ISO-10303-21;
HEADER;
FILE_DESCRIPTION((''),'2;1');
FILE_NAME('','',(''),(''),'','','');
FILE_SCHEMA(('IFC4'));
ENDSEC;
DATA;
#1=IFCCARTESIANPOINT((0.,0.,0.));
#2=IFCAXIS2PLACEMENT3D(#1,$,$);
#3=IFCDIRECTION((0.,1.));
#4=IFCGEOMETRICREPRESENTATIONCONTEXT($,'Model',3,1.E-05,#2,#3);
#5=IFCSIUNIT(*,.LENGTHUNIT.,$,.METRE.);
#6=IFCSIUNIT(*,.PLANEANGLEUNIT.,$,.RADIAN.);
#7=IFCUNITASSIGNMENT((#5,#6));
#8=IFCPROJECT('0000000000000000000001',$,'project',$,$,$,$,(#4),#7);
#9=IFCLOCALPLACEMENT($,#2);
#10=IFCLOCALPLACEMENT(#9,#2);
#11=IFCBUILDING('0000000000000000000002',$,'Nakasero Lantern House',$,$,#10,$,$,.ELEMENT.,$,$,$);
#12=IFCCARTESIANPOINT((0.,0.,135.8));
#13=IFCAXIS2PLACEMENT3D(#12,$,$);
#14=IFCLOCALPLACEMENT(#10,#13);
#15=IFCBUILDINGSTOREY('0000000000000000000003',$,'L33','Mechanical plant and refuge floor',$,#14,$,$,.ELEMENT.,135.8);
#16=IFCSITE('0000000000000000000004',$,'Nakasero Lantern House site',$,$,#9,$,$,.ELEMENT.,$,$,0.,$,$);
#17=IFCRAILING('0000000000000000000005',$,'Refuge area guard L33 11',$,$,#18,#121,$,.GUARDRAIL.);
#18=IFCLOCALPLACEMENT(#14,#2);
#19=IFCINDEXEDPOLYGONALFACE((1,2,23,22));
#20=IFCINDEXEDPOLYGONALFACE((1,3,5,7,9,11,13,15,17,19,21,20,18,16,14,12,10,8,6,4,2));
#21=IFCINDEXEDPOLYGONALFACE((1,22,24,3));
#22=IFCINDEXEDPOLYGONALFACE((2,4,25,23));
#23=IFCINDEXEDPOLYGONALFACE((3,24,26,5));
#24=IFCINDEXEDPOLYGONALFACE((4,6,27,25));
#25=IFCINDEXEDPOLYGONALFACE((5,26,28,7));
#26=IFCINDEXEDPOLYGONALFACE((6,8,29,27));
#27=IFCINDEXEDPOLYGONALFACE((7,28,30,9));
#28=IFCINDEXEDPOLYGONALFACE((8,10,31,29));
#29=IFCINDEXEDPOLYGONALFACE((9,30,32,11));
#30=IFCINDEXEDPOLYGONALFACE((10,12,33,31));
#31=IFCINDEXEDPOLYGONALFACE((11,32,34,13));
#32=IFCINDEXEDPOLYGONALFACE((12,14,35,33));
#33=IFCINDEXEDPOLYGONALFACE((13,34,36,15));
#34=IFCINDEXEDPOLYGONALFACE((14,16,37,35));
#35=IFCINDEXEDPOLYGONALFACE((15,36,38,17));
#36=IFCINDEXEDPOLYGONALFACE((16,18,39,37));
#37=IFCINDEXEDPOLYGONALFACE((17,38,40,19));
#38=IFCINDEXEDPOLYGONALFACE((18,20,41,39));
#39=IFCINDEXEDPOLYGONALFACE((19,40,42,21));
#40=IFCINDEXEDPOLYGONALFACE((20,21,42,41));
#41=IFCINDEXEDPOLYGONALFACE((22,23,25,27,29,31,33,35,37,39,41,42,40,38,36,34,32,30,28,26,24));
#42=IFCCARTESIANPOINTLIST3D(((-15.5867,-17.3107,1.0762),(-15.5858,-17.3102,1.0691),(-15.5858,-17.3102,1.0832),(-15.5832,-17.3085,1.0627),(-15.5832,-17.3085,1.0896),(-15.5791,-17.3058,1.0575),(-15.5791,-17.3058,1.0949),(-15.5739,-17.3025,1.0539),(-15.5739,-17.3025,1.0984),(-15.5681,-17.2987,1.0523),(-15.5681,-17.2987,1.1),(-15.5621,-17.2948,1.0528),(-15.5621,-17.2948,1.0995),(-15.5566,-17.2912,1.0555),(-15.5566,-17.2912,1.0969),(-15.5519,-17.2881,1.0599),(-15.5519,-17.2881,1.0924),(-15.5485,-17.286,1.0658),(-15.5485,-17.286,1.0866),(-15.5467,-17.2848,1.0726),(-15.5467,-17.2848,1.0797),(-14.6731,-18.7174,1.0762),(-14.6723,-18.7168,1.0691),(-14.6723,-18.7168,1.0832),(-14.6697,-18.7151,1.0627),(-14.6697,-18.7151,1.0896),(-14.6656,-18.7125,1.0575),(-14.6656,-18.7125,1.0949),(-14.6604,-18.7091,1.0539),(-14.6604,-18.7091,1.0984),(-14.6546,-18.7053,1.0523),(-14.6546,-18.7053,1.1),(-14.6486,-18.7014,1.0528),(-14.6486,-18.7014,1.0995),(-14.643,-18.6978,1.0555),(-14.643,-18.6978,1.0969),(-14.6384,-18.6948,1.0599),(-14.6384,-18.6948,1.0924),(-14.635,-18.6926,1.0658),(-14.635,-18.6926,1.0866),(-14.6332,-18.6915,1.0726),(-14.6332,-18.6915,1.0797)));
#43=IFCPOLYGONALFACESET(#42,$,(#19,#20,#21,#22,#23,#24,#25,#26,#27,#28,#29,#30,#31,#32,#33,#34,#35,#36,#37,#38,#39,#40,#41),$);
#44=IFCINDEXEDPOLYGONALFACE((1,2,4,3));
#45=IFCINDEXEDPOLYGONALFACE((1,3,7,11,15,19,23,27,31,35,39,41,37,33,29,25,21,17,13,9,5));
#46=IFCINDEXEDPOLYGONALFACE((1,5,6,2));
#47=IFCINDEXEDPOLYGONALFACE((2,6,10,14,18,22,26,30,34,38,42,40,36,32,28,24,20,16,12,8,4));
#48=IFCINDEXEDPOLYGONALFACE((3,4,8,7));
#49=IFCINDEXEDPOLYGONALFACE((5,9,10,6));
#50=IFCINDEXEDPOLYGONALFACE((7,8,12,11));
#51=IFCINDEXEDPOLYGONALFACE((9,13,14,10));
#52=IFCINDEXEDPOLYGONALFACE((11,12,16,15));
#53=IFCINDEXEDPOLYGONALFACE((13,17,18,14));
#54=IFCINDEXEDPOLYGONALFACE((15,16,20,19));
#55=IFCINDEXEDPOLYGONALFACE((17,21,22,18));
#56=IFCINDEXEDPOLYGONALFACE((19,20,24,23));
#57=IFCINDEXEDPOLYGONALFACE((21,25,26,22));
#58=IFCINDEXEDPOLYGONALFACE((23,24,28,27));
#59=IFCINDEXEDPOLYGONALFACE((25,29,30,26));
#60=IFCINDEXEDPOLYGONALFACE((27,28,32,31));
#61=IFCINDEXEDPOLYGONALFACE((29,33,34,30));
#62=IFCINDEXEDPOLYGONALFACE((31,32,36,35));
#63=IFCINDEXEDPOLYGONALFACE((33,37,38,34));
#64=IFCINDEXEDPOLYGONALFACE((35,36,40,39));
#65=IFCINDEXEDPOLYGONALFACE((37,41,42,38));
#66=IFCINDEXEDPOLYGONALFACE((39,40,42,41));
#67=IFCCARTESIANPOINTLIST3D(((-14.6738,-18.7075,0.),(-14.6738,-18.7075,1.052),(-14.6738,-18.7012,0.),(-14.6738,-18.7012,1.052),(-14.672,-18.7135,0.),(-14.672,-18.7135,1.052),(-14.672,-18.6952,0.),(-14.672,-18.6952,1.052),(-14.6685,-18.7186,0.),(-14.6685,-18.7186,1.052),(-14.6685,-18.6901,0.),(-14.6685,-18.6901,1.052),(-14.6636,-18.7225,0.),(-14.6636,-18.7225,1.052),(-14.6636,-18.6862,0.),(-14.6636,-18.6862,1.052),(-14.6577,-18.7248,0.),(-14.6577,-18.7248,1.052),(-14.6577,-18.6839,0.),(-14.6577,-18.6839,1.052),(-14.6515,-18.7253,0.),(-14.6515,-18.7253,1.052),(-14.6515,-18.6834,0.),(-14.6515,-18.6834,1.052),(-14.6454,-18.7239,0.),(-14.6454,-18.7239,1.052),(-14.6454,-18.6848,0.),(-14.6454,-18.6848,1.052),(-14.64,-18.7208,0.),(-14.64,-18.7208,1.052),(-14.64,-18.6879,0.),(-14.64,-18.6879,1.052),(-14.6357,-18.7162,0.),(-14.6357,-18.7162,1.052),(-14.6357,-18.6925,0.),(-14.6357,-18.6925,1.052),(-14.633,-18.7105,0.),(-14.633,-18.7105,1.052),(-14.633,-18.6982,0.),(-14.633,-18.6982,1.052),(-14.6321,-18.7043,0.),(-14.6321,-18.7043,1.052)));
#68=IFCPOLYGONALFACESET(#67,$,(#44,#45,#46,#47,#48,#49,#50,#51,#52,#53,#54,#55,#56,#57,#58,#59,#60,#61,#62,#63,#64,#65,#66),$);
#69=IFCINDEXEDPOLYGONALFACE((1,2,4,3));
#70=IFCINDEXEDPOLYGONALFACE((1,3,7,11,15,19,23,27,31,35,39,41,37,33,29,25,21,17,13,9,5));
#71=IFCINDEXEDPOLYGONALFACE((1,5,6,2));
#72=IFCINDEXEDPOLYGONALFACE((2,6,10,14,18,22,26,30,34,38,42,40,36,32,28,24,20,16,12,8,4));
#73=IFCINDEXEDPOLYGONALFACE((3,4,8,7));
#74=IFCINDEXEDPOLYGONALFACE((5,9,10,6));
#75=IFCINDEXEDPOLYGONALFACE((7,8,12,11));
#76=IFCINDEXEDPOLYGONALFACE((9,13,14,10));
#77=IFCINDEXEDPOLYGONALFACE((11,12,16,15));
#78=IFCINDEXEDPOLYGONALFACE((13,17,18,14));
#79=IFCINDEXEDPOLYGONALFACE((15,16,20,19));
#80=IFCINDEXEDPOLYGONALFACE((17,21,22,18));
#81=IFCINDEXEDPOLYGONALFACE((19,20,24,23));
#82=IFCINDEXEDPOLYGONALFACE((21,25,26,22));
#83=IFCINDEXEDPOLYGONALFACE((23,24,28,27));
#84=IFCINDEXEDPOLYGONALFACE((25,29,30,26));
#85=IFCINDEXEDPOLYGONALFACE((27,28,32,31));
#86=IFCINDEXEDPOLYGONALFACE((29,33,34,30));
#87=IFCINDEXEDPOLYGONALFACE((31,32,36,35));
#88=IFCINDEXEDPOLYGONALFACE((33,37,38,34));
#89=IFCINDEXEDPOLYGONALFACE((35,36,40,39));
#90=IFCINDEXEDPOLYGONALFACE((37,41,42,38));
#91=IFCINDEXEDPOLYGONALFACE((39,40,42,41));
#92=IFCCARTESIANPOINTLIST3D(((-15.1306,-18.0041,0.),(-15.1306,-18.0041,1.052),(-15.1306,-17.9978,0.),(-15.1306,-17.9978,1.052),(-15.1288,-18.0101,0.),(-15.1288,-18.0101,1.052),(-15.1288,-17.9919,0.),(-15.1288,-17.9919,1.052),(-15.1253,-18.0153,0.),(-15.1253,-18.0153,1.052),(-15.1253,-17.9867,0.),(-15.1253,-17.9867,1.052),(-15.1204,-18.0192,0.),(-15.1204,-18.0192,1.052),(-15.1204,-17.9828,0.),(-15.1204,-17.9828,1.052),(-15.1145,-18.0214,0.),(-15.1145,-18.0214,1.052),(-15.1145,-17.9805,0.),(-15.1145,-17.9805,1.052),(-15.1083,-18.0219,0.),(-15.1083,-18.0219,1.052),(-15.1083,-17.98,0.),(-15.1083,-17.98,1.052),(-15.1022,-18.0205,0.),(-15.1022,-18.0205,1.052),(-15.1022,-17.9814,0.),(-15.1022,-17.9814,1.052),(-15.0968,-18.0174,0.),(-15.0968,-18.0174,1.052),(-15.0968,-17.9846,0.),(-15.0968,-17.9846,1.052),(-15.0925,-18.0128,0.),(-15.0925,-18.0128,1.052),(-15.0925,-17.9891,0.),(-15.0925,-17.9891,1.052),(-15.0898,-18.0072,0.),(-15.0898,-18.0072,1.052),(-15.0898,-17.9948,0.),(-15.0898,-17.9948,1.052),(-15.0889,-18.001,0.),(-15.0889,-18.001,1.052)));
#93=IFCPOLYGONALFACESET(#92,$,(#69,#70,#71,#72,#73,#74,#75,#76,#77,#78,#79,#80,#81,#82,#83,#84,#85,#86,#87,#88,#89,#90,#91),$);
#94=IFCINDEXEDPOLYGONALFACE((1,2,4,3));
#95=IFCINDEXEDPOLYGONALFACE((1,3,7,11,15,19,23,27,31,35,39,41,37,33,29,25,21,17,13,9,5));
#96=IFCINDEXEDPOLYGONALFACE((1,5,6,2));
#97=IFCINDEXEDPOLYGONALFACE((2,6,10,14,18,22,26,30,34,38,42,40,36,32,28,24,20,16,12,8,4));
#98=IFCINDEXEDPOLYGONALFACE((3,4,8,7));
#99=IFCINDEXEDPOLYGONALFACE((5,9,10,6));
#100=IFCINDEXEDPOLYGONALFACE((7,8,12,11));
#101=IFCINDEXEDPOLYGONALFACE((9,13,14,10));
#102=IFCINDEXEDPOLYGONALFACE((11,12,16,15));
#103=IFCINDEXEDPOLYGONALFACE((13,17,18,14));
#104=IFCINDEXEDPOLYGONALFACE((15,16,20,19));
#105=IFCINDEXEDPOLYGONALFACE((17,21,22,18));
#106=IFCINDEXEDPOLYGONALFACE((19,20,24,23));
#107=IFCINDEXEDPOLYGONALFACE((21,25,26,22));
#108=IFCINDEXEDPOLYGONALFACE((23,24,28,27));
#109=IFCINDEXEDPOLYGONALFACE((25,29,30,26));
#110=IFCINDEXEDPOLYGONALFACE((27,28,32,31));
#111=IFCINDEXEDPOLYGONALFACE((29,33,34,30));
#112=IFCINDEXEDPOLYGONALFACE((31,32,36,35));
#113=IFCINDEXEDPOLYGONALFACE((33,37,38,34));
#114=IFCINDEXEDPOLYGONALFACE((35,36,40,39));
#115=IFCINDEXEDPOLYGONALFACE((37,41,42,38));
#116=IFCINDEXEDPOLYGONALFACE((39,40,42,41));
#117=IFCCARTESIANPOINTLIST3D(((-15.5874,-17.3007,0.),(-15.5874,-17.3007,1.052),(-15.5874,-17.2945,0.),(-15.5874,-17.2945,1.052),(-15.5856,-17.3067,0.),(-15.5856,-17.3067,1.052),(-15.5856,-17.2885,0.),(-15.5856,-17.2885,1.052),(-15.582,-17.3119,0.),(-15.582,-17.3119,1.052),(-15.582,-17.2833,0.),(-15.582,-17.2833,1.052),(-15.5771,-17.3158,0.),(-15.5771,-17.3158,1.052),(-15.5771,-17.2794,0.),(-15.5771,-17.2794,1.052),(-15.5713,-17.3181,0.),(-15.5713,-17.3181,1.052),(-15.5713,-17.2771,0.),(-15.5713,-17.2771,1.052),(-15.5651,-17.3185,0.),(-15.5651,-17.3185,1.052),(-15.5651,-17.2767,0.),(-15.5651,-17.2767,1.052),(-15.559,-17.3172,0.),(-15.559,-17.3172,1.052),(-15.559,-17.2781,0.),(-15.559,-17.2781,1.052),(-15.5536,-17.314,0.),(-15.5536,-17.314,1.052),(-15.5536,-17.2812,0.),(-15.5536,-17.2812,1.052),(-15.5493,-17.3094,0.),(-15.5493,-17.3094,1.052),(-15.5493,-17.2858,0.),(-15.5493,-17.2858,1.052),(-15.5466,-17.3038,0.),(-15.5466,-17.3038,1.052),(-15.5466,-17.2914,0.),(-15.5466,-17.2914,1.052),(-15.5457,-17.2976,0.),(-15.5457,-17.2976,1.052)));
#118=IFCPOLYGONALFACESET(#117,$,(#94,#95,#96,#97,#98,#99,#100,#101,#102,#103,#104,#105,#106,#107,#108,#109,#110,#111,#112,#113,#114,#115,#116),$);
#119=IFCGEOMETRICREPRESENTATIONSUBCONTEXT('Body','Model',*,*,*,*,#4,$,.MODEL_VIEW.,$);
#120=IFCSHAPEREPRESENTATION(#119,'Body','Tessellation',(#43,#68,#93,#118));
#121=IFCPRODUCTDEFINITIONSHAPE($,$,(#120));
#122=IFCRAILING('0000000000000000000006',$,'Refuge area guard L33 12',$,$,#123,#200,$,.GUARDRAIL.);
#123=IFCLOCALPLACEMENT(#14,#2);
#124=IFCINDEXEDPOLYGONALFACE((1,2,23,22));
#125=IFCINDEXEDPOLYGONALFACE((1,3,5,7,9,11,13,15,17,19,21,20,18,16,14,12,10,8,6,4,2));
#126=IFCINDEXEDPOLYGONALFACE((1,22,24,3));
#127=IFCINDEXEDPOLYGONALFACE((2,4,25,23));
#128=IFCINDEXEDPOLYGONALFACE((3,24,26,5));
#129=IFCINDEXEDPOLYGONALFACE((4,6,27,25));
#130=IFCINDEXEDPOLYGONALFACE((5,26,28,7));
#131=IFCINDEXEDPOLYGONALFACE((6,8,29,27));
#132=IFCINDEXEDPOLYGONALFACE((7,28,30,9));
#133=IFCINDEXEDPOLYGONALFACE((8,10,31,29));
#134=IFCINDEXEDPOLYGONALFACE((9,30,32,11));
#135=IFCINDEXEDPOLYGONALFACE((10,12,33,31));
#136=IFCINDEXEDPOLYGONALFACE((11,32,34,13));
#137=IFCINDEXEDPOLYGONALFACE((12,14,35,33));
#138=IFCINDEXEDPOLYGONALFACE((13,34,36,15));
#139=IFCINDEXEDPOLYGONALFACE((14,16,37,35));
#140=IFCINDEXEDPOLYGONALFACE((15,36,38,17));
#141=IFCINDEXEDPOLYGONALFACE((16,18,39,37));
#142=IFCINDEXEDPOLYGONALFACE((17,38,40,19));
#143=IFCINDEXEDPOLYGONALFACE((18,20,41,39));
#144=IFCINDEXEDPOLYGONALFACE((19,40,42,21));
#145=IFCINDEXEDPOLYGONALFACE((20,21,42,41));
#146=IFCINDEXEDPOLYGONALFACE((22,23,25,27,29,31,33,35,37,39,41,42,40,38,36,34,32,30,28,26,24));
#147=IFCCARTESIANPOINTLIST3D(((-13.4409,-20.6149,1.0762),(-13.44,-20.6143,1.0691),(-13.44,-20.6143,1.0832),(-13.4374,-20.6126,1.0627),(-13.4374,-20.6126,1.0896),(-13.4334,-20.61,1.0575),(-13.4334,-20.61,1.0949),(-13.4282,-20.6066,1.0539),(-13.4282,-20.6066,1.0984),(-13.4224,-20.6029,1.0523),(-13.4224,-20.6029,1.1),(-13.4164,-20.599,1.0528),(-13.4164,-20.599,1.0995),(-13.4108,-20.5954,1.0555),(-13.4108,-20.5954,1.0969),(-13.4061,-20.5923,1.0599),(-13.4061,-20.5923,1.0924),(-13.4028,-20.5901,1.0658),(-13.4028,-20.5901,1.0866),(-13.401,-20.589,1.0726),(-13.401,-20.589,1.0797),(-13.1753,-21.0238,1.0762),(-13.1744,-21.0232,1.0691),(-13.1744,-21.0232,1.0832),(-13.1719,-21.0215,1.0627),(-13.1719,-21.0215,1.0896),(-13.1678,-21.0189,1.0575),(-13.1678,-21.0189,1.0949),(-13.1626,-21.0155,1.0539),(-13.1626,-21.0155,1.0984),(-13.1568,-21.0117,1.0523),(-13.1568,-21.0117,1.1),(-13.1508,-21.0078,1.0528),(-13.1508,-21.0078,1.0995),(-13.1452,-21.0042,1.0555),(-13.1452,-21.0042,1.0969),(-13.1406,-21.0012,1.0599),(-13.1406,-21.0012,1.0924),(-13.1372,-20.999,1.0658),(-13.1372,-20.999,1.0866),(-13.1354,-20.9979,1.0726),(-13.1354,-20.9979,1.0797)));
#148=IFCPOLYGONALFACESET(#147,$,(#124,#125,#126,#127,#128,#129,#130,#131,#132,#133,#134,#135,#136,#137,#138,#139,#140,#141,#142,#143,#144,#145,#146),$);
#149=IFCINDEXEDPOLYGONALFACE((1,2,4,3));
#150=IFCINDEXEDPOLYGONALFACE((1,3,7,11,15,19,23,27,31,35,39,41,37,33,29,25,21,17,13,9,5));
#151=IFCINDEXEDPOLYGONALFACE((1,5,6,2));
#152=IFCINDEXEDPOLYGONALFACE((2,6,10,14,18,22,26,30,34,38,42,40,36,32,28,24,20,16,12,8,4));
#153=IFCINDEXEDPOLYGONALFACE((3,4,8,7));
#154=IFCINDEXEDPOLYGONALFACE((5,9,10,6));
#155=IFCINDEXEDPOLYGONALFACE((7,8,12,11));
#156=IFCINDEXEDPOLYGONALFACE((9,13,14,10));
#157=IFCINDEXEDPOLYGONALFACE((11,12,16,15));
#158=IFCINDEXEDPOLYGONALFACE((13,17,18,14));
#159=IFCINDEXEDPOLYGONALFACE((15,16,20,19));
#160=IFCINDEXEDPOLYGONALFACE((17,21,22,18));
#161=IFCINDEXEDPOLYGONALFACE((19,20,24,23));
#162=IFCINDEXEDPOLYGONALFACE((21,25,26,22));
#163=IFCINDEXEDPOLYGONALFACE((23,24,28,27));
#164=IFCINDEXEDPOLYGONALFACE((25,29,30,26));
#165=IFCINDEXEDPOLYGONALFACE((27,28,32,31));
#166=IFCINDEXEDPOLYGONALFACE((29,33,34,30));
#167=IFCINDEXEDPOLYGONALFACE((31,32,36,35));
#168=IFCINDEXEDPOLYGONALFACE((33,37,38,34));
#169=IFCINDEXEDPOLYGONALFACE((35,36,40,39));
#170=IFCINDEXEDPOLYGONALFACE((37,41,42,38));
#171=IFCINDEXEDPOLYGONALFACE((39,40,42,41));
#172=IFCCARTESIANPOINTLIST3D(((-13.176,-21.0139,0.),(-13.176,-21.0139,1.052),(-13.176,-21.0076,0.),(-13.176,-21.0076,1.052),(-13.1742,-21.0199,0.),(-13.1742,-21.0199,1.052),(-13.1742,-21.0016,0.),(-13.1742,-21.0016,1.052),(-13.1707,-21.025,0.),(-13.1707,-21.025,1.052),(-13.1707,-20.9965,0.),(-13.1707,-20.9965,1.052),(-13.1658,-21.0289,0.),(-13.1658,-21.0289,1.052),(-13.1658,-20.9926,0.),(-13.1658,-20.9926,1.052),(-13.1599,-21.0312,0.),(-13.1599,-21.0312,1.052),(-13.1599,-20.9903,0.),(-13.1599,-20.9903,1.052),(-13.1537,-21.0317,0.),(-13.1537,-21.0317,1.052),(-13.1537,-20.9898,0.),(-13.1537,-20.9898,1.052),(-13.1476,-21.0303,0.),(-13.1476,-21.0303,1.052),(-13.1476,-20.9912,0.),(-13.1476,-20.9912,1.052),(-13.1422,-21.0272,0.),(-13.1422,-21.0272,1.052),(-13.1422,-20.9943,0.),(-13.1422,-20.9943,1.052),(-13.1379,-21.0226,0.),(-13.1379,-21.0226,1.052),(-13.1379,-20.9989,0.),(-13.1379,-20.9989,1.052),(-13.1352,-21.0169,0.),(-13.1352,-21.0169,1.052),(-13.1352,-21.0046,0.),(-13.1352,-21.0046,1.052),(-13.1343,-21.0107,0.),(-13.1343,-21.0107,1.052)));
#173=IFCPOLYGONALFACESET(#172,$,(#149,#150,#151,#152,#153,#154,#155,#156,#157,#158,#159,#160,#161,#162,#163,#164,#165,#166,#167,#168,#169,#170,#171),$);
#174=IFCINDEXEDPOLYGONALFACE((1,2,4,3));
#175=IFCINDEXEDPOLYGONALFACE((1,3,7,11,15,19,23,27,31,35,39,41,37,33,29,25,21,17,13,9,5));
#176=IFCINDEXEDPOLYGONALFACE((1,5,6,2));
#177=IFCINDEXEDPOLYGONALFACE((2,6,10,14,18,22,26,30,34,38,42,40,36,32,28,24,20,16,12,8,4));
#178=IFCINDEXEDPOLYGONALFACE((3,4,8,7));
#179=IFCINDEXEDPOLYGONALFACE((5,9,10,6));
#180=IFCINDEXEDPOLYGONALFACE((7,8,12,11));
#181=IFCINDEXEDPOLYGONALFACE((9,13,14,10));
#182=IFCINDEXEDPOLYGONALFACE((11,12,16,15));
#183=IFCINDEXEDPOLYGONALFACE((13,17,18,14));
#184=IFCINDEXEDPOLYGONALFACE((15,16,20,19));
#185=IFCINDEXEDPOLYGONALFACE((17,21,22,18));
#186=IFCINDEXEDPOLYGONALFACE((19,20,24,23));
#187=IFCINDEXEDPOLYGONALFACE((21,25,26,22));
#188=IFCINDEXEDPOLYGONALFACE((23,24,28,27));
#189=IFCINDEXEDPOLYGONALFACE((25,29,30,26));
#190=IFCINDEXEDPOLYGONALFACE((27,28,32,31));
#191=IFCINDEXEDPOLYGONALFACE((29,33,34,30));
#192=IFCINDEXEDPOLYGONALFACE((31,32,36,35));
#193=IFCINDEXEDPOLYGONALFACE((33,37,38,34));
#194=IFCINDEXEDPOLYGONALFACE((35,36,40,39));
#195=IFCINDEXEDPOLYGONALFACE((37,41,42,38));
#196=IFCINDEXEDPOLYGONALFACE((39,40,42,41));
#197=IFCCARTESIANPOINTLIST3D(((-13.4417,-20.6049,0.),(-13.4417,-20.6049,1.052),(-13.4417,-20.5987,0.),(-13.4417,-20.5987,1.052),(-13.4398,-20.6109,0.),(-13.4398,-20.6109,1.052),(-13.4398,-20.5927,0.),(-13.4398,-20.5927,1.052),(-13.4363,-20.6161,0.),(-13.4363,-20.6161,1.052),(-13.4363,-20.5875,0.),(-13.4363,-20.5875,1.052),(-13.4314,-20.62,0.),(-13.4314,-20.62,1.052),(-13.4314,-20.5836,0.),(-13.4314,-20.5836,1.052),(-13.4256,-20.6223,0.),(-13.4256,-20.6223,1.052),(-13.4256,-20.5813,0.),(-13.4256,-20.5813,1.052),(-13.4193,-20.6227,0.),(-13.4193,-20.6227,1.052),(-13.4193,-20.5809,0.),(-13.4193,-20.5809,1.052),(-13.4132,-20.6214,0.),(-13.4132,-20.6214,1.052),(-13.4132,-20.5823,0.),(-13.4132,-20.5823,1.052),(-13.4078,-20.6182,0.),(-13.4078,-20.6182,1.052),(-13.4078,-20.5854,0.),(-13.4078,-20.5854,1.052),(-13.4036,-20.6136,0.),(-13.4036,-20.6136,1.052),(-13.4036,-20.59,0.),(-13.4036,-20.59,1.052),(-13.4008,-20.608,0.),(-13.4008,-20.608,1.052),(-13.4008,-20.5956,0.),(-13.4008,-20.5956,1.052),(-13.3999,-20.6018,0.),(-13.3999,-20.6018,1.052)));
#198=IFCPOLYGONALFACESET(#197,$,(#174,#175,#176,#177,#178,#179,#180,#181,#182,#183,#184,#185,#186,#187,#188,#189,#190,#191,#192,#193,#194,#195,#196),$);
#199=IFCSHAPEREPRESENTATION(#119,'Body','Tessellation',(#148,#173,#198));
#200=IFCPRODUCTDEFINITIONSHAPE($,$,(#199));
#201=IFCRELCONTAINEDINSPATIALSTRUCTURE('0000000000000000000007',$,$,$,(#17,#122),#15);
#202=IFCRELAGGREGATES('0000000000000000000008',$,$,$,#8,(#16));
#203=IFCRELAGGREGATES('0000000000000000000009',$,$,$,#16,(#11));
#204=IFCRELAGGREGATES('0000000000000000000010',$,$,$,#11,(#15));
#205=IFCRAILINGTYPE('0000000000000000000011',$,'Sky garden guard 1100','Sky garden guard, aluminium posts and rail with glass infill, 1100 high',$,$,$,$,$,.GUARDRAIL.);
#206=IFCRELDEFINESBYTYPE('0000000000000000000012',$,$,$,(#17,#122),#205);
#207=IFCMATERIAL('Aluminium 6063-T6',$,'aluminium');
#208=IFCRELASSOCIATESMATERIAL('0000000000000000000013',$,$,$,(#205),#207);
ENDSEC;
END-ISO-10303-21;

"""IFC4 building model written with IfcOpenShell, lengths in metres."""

from ifc_helpers import new_model, si_unit, direction, frame, origin, origin_2d, place, context, subcontext, project, spatial, circle, extrude, material, type_object, element, save


model = new_model("IFC4")

# Units and contexts
model_context = context("Model", 3, precision=1e-05, world=origin(), true_north=direction((0.0, 1.0)))
body_context = subcontext(model_context, "Body", "Model", "MODEL_VIEW")
ifc_project = project(units=[si_unit("LENGTHUNIT", "METRE"), si_unit("PLANEANGLEUNIT", "RADIAN")], contexts=[model_context])

# Site, building, storey
site_placement = place(None, origin())
site = spatial("IfcSite", under=ifc_project, at=site_placement, Name="Nakasero Lantern House site", CompositionType="ELEMENT", RefElevation=0.0)
building_placement = place(site_placement, origin())
building = spatial("IfcBuilding", under=site, at=building_placement, Name="Nakasero Lantern House", CompositionType="ELEMENT")
storey_placement = place(building_placement, frame((0.0, 0.0, 135.8)))
storey = spatial("IfcBuildingStorey", under=building, at=storey_placement, Name="L33", Description="Mechanical plant and refuge floor", CompositionType="ELEMENT", Elevation=135.8)

# Railings
ifc_material_1 = material(Name="Aluminium 6063-T6", Category="aluminium")
railing_type = type_object("IfcRailingType", Name="Sky garden guard 1100", Description="Sky garden guard, aluminium posts and rail with glass infill, 1100 high", PredefinedType="GUARDRAIL", material=ifc_material_1)
railing_1_placement = place(storey_placement, frame((-14.6531, -18.7043, 0.0)))
element("IfcRailing", 1, at=railing_1_placement, inside=storey, type_object=railing_type, Name="Refuge area guard L33 11", PredefinedType="GUARDRAIL", context=body_context, shape_type="SweptSolid", body=[
    extrude(circle(Radius=0.0239, at=origin_2d()), frame((0.0, 0.0, 1.0762), z_axis=(-0.544651, 0.838663, 0.0), x_axis=(-0.838663, -0.544651, 0.0)), (0.0, 0.0, 1.0), 1.6772),
    extrude(circle(Radius=0.021, at=origin_2d()), origin(), (0.0, 0.0, 1.0), 1.052),
    extrude(circle(Radius=0.021, at=origin_2d()), frame((-0.4568, 0.7034, 0.0)), (0.0, 0.0, 1.0), 1.052),
    extrude(circle(Radius=0.021, at=origin_2d()), frame((-0.9136, 1.4067, 0.0)), (0.0, 0.0, 1.0), 1.052),
])
railing_2_placement = place(storey_placement, frame((-13.1553, -21.0107, 0.0)))
element("IfcRailing", 2, at=railing_2_placement, inside=storey, type_object=railing_type, Name="Refuge area guard L33 12", PredefinedType="GUARDRAIL", context=body_context, shape_type="SweptSolid", body=[
    extrude(circle(Radius=0.0239, at=origin_2d()), frame((0.0, 0.0, 1.0762), z_axis=(-0.544724, 0.838615, 0.0), x_axis=(-0.838615, -0.544724, 0.0)), (0.0, 0.0, 1.0), 0.4875),
    extrude(circle(Radius=0.021, at=origin_2d()), origin(), (0.0, 0.0, 1.0), 1.052),
    extrude(circle(Radius=0.021, at=origin_2d()), frame((-0.2656, 0.4089, 0.0)), (0.0, 0.0, 1.0), 1.052),
])

save(model, "model.ifc")
